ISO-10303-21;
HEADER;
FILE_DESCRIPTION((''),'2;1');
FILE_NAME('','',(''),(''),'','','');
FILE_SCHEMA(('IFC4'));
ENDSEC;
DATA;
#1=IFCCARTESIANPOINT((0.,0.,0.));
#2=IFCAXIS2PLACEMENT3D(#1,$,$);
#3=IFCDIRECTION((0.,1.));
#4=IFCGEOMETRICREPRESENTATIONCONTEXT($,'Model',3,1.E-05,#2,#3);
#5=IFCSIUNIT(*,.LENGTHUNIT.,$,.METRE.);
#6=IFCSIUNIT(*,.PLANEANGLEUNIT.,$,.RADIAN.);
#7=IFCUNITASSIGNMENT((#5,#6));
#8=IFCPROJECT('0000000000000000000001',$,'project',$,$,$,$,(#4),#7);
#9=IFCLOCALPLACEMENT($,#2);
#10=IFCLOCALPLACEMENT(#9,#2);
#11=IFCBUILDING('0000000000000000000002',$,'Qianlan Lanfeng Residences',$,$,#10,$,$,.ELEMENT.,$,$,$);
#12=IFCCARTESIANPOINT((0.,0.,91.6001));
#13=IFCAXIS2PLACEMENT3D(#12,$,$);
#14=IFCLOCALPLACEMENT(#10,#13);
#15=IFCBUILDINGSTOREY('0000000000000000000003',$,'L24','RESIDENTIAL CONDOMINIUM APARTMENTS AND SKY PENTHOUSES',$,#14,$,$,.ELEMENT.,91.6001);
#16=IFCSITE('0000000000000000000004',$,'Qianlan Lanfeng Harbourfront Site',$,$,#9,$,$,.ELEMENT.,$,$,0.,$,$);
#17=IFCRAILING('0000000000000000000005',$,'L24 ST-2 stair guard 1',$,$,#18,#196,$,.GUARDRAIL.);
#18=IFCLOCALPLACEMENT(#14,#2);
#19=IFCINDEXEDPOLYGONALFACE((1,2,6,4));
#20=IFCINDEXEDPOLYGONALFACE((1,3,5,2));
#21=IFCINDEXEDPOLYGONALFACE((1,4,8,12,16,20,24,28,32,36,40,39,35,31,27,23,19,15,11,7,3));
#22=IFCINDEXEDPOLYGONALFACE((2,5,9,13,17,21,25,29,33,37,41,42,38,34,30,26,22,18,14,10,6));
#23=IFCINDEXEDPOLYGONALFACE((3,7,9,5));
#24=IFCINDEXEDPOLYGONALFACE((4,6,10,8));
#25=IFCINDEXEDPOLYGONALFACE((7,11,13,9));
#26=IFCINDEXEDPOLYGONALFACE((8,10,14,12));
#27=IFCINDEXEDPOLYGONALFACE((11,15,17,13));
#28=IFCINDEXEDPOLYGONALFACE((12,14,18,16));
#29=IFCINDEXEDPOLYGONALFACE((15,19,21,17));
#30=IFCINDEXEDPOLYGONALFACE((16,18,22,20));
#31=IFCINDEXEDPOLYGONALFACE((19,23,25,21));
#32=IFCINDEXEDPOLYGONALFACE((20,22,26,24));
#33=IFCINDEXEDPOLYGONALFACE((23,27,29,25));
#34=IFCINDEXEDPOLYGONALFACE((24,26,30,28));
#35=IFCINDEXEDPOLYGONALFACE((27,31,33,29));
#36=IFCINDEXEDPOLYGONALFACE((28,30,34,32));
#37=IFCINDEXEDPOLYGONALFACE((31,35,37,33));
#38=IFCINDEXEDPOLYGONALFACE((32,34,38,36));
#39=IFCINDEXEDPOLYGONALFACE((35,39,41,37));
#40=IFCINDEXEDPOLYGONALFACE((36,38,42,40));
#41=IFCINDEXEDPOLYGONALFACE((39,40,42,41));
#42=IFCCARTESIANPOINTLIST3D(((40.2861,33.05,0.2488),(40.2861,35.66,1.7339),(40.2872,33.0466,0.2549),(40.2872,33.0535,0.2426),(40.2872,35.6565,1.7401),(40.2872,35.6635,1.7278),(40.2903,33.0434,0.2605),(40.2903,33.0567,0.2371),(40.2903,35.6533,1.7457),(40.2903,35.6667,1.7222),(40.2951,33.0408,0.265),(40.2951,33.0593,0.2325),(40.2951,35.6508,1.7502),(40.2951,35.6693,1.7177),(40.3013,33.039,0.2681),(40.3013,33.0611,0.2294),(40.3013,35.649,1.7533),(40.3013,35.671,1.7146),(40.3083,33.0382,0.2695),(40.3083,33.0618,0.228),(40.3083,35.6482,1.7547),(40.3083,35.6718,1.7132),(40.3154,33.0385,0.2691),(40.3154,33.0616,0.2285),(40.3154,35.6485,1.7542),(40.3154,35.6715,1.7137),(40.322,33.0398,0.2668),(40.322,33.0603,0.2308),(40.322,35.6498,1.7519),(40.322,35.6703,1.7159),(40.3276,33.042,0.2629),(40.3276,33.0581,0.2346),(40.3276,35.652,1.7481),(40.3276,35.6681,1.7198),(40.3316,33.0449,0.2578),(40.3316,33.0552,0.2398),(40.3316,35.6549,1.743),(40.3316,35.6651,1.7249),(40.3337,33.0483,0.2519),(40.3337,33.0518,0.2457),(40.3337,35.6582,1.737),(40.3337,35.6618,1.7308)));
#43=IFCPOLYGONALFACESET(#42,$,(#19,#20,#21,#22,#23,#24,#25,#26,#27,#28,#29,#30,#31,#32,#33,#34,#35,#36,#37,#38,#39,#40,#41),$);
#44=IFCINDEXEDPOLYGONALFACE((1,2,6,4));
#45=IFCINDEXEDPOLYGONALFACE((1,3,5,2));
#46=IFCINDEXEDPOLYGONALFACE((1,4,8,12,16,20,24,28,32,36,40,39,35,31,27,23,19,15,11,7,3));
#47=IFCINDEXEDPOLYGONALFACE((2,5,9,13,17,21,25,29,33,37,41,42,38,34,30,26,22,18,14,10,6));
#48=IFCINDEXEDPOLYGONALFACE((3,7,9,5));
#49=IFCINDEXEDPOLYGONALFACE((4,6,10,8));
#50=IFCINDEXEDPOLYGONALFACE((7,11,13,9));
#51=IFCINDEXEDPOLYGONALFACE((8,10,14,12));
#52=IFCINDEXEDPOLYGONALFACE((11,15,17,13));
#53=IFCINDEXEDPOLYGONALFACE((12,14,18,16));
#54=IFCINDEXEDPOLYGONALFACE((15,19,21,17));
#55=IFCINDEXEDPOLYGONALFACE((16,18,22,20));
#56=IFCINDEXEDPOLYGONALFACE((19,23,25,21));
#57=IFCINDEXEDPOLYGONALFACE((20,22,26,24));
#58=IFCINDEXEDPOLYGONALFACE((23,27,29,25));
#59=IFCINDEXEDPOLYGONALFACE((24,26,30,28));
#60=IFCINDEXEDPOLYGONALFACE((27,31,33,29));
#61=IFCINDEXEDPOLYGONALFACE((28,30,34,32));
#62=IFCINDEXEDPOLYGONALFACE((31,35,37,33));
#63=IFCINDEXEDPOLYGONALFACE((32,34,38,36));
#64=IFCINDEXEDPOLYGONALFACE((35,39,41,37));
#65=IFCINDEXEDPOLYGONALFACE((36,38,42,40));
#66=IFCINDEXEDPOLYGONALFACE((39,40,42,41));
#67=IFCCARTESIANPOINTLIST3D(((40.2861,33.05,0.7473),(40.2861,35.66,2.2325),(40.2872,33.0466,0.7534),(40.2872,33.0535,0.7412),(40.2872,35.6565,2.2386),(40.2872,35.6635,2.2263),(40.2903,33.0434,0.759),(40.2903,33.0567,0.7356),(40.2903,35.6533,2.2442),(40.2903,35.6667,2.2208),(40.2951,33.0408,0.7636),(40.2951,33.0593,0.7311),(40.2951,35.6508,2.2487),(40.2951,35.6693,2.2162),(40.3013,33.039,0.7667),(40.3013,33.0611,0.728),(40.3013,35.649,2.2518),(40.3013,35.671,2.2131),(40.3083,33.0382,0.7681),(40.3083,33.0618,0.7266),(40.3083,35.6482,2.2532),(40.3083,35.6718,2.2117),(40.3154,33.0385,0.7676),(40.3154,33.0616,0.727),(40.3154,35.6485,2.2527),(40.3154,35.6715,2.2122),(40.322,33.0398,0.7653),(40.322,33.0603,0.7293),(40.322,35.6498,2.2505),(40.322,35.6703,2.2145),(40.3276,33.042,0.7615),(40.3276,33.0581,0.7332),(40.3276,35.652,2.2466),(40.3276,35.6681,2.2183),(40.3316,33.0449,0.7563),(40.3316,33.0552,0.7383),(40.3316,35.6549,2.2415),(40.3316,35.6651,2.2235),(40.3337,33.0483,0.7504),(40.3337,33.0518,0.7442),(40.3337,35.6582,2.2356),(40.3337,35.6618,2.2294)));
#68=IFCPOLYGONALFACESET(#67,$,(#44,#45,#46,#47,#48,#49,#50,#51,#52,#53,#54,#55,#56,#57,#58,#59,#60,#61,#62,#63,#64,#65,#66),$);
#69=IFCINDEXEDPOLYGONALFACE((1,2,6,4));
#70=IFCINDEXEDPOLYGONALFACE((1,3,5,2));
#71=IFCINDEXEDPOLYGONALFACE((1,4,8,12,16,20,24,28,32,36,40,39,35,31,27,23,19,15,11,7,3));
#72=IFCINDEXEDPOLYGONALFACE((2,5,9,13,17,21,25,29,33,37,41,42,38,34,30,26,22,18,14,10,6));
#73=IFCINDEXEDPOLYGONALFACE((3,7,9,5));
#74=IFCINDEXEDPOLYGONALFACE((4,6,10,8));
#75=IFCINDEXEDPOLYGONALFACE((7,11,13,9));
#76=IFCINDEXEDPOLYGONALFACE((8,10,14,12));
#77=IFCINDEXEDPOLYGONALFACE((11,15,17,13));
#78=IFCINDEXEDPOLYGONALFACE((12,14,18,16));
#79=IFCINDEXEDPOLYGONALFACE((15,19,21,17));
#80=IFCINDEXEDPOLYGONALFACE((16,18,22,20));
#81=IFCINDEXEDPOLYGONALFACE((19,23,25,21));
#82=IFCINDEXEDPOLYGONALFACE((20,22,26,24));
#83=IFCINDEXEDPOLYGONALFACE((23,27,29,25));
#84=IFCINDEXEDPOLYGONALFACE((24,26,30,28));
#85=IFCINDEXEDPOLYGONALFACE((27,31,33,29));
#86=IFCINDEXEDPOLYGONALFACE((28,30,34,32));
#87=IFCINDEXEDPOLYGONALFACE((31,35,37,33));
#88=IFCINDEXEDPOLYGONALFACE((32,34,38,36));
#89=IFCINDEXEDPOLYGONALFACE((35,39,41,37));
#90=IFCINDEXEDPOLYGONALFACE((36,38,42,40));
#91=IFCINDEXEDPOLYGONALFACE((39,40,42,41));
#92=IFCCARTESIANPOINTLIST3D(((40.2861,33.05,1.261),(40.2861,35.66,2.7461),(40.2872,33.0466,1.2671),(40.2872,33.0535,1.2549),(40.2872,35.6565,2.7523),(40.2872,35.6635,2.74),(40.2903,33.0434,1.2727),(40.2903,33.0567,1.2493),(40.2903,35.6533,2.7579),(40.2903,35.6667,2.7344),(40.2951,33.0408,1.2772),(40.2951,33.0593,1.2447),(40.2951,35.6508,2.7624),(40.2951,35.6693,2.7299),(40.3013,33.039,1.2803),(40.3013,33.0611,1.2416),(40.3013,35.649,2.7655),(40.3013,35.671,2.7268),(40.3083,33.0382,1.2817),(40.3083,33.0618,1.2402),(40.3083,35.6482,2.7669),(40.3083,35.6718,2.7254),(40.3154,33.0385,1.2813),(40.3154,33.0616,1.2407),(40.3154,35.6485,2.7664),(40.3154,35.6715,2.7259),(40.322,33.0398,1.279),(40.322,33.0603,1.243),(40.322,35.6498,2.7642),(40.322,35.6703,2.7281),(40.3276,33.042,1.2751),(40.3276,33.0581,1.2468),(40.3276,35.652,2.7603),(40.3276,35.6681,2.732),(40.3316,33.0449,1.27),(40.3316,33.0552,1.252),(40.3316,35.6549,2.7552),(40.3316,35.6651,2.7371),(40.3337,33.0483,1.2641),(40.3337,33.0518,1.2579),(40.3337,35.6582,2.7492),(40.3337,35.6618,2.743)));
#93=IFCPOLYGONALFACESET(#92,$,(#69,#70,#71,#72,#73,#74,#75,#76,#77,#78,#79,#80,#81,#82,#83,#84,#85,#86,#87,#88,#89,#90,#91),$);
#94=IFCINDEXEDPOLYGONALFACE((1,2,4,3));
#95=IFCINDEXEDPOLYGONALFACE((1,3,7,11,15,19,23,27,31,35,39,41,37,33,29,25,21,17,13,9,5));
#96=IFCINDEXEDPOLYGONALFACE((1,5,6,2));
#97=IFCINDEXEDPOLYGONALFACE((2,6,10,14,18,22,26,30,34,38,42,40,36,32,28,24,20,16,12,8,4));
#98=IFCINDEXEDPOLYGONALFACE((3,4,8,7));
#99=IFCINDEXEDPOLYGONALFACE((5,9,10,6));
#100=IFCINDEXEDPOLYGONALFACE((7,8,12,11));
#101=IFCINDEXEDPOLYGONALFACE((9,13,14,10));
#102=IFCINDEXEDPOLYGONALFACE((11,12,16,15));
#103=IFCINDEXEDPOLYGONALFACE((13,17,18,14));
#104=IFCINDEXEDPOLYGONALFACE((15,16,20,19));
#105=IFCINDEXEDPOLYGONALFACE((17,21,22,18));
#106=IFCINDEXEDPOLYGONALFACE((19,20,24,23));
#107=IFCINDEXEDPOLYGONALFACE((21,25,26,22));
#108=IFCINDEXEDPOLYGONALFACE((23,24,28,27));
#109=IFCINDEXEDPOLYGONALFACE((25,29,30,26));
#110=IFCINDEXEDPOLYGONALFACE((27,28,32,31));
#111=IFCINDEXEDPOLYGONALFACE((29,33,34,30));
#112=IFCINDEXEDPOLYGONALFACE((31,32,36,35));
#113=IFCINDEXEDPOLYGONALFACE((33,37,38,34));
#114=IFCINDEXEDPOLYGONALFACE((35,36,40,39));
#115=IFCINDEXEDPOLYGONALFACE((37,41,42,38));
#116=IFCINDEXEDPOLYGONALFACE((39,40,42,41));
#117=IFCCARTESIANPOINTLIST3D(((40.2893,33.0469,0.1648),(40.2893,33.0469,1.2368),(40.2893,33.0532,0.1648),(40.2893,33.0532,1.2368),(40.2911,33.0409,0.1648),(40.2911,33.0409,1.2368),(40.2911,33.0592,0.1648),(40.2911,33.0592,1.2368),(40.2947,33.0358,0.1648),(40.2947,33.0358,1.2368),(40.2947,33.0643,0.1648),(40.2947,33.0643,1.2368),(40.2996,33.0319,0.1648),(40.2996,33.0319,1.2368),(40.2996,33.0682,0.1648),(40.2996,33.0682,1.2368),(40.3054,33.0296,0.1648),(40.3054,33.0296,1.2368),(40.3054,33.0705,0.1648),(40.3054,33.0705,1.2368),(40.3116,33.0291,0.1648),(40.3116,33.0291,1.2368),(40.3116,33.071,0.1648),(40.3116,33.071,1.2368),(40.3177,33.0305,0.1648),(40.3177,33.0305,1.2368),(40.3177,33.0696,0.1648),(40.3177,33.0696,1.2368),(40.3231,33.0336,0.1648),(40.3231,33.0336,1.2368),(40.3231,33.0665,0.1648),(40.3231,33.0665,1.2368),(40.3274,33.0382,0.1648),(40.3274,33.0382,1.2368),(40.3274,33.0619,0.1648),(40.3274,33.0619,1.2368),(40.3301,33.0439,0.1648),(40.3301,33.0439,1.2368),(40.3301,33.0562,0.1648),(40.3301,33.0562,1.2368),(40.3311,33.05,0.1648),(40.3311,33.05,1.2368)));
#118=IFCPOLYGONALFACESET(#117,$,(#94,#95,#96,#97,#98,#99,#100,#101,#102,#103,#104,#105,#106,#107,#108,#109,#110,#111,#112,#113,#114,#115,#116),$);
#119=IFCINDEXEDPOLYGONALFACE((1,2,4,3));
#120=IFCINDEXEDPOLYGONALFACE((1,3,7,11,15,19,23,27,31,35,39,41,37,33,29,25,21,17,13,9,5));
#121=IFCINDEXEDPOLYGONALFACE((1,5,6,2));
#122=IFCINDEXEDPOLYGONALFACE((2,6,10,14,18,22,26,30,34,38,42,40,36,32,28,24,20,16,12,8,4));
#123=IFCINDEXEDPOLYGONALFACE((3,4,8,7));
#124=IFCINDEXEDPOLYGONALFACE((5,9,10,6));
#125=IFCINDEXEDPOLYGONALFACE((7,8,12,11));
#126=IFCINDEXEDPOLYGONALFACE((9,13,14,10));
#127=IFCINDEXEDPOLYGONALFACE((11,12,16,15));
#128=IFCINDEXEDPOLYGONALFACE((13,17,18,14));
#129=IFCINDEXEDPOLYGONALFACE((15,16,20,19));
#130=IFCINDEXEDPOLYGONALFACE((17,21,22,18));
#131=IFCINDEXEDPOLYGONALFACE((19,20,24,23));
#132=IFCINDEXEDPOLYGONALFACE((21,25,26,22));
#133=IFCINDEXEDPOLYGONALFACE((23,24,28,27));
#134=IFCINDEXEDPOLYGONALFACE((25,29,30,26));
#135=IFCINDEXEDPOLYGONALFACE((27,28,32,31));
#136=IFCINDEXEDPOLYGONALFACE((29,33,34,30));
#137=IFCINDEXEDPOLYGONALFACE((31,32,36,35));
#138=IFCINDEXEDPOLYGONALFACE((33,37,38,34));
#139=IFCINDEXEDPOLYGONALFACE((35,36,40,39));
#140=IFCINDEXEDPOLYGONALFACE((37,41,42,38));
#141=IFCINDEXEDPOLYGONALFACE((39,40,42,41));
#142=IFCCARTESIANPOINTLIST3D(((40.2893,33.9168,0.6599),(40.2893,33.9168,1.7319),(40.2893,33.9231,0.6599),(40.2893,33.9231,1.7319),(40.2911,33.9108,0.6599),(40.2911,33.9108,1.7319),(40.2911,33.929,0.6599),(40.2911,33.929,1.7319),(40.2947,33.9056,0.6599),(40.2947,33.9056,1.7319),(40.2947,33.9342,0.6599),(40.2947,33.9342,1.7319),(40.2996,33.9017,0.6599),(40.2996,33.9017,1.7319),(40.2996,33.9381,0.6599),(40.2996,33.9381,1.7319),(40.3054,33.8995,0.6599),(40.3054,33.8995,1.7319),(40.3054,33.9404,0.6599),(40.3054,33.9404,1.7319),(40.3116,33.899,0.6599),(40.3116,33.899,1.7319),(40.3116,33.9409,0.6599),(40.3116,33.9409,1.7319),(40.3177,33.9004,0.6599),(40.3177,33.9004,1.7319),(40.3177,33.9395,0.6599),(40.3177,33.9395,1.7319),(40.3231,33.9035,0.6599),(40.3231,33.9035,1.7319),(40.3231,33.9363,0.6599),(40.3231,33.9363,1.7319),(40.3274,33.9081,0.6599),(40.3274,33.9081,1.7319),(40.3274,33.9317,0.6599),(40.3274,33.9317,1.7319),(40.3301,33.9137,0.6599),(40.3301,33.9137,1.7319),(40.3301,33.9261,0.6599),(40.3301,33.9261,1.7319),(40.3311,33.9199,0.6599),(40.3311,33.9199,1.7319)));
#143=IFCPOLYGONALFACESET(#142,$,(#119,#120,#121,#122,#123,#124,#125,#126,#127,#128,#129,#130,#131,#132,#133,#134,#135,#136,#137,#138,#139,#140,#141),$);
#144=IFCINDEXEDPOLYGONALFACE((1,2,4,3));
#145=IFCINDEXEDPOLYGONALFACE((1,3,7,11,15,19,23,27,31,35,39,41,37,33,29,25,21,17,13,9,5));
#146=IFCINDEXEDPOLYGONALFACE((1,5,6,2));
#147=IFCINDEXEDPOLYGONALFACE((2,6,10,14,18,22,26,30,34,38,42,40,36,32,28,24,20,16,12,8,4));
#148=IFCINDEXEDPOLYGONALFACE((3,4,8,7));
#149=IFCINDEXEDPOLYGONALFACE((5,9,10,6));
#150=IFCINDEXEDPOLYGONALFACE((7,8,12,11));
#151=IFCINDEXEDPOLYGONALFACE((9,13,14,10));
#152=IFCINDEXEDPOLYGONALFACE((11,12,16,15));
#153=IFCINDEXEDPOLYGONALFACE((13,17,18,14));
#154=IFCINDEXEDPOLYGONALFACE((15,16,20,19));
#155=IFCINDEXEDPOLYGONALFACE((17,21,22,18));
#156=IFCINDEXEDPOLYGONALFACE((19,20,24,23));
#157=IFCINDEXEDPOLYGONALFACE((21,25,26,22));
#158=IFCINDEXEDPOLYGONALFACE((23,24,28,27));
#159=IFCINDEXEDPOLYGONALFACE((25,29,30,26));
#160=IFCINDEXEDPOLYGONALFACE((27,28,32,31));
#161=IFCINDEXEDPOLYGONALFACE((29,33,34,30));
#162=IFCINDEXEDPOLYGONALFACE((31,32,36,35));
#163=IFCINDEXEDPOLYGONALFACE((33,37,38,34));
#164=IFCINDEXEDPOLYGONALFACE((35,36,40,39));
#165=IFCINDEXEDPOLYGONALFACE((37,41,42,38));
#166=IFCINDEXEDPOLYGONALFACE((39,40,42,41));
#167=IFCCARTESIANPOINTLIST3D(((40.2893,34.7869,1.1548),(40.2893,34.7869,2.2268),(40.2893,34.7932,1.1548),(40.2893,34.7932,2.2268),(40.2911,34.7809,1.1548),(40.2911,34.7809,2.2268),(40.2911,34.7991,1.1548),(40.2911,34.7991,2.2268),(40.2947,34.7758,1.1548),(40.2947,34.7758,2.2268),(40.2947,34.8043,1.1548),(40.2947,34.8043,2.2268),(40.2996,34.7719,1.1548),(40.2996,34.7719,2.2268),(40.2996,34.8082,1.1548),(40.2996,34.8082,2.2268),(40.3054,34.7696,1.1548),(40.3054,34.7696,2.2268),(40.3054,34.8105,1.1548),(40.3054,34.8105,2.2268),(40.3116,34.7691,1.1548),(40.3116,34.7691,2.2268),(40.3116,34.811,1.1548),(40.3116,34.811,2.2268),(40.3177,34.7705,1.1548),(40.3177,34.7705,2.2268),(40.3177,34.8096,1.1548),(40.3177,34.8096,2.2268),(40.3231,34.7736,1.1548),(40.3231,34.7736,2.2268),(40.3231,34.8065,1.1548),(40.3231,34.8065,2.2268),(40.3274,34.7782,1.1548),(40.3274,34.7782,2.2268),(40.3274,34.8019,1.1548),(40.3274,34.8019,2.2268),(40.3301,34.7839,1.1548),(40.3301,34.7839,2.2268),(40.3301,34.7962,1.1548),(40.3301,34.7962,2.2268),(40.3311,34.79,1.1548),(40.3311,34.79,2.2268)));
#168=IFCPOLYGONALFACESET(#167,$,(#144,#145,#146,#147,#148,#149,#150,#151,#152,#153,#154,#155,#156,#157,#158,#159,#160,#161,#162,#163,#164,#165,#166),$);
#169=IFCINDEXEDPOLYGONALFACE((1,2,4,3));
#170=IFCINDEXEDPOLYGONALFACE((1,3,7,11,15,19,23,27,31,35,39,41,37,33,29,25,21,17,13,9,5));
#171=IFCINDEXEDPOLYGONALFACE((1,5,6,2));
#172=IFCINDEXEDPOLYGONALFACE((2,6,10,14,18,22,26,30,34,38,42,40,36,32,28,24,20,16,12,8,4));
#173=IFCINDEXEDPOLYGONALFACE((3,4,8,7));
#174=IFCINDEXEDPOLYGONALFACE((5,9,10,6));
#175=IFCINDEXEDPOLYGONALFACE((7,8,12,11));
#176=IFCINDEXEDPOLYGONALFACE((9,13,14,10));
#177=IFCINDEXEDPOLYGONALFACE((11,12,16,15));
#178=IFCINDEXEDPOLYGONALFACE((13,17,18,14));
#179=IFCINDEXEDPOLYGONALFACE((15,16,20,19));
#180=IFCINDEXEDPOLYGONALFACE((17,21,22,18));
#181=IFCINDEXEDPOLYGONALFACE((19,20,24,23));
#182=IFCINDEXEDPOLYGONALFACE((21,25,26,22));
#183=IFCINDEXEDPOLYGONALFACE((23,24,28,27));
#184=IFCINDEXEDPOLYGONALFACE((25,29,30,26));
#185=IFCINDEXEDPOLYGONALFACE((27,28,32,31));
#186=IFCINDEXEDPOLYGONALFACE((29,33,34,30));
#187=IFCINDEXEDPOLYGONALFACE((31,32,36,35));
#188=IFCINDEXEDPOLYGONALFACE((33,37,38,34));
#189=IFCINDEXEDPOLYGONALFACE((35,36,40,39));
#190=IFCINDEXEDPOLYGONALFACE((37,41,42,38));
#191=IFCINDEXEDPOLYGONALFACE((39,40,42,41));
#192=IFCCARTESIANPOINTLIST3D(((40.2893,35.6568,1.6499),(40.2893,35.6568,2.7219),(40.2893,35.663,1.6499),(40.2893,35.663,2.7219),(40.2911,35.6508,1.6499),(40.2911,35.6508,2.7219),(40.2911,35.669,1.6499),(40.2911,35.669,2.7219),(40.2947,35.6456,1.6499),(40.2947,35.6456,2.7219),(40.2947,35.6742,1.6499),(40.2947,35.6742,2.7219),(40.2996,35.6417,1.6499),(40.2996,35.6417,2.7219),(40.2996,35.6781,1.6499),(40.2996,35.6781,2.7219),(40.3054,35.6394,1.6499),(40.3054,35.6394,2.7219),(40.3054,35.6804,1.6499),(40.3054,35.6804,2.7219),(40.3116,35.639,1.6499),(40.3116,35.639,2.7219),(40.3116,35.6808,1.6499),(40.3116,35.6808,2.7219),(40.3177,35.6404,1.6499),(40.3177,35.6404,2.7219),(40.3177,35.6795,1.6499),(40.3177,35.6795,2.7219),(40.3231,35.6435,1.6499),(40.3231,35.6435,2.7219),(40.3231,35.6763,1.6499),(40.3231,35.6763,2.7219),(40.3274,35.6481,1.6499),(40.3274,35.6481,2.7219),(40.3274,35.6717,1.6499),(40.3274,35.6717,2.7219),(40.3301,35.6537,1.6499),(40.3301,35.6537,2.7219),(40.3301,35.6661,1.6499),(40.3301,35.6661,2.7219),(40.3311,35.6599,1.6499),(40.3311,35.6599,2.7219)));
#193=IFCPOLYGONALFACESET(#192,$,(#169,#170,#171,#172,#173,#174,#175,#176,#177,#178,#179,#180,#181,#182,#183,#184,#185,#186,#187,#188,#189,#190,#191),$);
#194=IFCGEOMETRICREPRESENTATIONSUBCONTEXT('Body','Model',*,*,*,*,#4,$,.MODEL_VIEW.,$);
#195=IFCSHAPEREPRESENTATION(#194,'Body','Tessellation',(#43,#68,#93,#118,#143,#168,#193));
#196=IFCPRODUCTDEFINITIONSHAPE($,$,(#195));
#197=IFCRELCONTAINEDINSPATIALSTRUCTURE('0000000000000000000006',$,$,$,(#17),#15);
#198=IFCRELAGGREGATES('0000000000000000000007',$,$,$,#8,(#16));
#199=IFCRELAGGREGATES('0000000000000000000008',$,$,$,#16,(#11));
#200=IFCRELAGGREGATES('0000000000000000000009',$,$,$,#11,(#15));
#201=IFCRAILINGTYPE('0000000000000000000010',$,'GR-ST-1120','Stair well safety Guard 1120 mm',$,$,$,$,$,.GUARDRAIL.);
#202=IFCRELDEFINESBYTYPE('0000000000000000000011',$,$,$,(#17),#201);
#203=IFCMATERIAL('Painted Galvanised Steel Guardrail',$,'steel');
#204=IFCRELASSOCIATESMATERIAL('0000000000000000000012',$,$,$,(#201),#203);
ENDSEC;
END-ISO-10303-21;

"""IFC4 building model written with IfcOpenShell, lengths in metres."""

from ifc_helpers import new_model, si_unit, direction, frame, origin, origin_2d, place, context, subcontext, project, spatial, circle, extrude, material, type_object, element, save


model = new_model("IFC4")

# Units and contexts
model_context = context("Model", 3, precision=1e-05, world=origin(), true_north=direction((0.0, 1.0)))
body_context = subcontext(model_context, "Body", "Model", "MODEL_VIEW")
ifc_project = project(units=[si_unit("LENGTHUNIT", "METRE"), si_unit("PLANEANGLEUNIT", "RADIAN")], contexts=[model_context])

# Site, building, storey
site_placement = place(None, origin())
site = spatial("IfcSite", under=ifc_project, at=site_placement, Name="Qianlan Lanfeng Harbourfront Site", CompositionType="ELEMENT", RefElevation=0.0)
building_placement = place(site_placement, origin())
building = spatial("IfcBuilding", under=site, at=building_placement, Name="Qianlan Lanfeng Residences", CompositionType="ELEMENT")
storey_placement = place(building_placement, frame((0.0, 0.0, 91.6001)))
storey = spatial("IfcBuildingStorey", under=building, at=storey_placement, Name="L24", Description="RESIDENTIAL CONDOMINIUM APARTMENTS AND SKY PENTHOUSES", CompositionType="ELEMENT", Elevation=91.6001)

# Railing
ifc_material_1 = material(Name="Painted Galvanised Steel Guardrail", Category="steel")
railing_type_1 = type_object("IfcRailingType", Name="GR-ST-1120", Description="Stair well safety Guard 1120 mm", PredefinedType="GUARDRAIL", material=ifc_material_1)
railing_1_placement = place(storey_placement, frame((40.3101, 33.05, 0.1648)))
element("IfcRailing", 1, at=railing_1_placement, inside=storey, type_object=railing_type_1, Name="L24 ST-2 stair guard 1", PredefinedType="GUARDRAIL", context=body_context, shape_type="SweptSolid", body=[
    extrude(circle(Radius=0.0239, at=origin_2d()), frame((0.0, 0.0, 0.084), z_axis=(0.0, 0.869137, 0.494571), x_axis=(-1.0, 0.0, 0.0)), (0.0, 0.0, 1.0), 3.0029),
    extrude(circle(Radius=0.0239, at=origin_2d()), frame((0.0, 0.0, 0.5825), z_axis=(0.0, 0.869137, 0.494571), x_axis=(-1.0, 0.0, 0.0)), (0.0, 0.0, 1.0), 3.0029),
    extrude(circle(Radius=0.0239, at=origin_2d()), frame((0.0, 0.0, 1.0962), z_axis=(0.0, 0.869137, 0.494571), x_axis=(-1.0, 0.0, 0.0)), (0.0, 0.0, 1.0), 3.0029),
    extrude(circle(Radius=0.021, at=origin_2d()), origin(), (0.0, 0.0, 1.0), 1.072),
    extrude(circle(Radius=0.021, at=origin_2d()), frame((0.0, 0.8699, 0.4951)), (0.0, 0.0, 1.0), 1.072),
    extrude(circle(Radius=0.021, at=origin_2d()), frame((0.0, 1.74, 0.99)), (0.0, 0.0, 1.0), 1.072),
    extrude(circle(Radius=0.021, at=origin_2d()), frame((0.0, 2.6099, 1.4851)), (0.0, 0.0, 1.0), 1.072),
])

save(model, "model.ifc")
